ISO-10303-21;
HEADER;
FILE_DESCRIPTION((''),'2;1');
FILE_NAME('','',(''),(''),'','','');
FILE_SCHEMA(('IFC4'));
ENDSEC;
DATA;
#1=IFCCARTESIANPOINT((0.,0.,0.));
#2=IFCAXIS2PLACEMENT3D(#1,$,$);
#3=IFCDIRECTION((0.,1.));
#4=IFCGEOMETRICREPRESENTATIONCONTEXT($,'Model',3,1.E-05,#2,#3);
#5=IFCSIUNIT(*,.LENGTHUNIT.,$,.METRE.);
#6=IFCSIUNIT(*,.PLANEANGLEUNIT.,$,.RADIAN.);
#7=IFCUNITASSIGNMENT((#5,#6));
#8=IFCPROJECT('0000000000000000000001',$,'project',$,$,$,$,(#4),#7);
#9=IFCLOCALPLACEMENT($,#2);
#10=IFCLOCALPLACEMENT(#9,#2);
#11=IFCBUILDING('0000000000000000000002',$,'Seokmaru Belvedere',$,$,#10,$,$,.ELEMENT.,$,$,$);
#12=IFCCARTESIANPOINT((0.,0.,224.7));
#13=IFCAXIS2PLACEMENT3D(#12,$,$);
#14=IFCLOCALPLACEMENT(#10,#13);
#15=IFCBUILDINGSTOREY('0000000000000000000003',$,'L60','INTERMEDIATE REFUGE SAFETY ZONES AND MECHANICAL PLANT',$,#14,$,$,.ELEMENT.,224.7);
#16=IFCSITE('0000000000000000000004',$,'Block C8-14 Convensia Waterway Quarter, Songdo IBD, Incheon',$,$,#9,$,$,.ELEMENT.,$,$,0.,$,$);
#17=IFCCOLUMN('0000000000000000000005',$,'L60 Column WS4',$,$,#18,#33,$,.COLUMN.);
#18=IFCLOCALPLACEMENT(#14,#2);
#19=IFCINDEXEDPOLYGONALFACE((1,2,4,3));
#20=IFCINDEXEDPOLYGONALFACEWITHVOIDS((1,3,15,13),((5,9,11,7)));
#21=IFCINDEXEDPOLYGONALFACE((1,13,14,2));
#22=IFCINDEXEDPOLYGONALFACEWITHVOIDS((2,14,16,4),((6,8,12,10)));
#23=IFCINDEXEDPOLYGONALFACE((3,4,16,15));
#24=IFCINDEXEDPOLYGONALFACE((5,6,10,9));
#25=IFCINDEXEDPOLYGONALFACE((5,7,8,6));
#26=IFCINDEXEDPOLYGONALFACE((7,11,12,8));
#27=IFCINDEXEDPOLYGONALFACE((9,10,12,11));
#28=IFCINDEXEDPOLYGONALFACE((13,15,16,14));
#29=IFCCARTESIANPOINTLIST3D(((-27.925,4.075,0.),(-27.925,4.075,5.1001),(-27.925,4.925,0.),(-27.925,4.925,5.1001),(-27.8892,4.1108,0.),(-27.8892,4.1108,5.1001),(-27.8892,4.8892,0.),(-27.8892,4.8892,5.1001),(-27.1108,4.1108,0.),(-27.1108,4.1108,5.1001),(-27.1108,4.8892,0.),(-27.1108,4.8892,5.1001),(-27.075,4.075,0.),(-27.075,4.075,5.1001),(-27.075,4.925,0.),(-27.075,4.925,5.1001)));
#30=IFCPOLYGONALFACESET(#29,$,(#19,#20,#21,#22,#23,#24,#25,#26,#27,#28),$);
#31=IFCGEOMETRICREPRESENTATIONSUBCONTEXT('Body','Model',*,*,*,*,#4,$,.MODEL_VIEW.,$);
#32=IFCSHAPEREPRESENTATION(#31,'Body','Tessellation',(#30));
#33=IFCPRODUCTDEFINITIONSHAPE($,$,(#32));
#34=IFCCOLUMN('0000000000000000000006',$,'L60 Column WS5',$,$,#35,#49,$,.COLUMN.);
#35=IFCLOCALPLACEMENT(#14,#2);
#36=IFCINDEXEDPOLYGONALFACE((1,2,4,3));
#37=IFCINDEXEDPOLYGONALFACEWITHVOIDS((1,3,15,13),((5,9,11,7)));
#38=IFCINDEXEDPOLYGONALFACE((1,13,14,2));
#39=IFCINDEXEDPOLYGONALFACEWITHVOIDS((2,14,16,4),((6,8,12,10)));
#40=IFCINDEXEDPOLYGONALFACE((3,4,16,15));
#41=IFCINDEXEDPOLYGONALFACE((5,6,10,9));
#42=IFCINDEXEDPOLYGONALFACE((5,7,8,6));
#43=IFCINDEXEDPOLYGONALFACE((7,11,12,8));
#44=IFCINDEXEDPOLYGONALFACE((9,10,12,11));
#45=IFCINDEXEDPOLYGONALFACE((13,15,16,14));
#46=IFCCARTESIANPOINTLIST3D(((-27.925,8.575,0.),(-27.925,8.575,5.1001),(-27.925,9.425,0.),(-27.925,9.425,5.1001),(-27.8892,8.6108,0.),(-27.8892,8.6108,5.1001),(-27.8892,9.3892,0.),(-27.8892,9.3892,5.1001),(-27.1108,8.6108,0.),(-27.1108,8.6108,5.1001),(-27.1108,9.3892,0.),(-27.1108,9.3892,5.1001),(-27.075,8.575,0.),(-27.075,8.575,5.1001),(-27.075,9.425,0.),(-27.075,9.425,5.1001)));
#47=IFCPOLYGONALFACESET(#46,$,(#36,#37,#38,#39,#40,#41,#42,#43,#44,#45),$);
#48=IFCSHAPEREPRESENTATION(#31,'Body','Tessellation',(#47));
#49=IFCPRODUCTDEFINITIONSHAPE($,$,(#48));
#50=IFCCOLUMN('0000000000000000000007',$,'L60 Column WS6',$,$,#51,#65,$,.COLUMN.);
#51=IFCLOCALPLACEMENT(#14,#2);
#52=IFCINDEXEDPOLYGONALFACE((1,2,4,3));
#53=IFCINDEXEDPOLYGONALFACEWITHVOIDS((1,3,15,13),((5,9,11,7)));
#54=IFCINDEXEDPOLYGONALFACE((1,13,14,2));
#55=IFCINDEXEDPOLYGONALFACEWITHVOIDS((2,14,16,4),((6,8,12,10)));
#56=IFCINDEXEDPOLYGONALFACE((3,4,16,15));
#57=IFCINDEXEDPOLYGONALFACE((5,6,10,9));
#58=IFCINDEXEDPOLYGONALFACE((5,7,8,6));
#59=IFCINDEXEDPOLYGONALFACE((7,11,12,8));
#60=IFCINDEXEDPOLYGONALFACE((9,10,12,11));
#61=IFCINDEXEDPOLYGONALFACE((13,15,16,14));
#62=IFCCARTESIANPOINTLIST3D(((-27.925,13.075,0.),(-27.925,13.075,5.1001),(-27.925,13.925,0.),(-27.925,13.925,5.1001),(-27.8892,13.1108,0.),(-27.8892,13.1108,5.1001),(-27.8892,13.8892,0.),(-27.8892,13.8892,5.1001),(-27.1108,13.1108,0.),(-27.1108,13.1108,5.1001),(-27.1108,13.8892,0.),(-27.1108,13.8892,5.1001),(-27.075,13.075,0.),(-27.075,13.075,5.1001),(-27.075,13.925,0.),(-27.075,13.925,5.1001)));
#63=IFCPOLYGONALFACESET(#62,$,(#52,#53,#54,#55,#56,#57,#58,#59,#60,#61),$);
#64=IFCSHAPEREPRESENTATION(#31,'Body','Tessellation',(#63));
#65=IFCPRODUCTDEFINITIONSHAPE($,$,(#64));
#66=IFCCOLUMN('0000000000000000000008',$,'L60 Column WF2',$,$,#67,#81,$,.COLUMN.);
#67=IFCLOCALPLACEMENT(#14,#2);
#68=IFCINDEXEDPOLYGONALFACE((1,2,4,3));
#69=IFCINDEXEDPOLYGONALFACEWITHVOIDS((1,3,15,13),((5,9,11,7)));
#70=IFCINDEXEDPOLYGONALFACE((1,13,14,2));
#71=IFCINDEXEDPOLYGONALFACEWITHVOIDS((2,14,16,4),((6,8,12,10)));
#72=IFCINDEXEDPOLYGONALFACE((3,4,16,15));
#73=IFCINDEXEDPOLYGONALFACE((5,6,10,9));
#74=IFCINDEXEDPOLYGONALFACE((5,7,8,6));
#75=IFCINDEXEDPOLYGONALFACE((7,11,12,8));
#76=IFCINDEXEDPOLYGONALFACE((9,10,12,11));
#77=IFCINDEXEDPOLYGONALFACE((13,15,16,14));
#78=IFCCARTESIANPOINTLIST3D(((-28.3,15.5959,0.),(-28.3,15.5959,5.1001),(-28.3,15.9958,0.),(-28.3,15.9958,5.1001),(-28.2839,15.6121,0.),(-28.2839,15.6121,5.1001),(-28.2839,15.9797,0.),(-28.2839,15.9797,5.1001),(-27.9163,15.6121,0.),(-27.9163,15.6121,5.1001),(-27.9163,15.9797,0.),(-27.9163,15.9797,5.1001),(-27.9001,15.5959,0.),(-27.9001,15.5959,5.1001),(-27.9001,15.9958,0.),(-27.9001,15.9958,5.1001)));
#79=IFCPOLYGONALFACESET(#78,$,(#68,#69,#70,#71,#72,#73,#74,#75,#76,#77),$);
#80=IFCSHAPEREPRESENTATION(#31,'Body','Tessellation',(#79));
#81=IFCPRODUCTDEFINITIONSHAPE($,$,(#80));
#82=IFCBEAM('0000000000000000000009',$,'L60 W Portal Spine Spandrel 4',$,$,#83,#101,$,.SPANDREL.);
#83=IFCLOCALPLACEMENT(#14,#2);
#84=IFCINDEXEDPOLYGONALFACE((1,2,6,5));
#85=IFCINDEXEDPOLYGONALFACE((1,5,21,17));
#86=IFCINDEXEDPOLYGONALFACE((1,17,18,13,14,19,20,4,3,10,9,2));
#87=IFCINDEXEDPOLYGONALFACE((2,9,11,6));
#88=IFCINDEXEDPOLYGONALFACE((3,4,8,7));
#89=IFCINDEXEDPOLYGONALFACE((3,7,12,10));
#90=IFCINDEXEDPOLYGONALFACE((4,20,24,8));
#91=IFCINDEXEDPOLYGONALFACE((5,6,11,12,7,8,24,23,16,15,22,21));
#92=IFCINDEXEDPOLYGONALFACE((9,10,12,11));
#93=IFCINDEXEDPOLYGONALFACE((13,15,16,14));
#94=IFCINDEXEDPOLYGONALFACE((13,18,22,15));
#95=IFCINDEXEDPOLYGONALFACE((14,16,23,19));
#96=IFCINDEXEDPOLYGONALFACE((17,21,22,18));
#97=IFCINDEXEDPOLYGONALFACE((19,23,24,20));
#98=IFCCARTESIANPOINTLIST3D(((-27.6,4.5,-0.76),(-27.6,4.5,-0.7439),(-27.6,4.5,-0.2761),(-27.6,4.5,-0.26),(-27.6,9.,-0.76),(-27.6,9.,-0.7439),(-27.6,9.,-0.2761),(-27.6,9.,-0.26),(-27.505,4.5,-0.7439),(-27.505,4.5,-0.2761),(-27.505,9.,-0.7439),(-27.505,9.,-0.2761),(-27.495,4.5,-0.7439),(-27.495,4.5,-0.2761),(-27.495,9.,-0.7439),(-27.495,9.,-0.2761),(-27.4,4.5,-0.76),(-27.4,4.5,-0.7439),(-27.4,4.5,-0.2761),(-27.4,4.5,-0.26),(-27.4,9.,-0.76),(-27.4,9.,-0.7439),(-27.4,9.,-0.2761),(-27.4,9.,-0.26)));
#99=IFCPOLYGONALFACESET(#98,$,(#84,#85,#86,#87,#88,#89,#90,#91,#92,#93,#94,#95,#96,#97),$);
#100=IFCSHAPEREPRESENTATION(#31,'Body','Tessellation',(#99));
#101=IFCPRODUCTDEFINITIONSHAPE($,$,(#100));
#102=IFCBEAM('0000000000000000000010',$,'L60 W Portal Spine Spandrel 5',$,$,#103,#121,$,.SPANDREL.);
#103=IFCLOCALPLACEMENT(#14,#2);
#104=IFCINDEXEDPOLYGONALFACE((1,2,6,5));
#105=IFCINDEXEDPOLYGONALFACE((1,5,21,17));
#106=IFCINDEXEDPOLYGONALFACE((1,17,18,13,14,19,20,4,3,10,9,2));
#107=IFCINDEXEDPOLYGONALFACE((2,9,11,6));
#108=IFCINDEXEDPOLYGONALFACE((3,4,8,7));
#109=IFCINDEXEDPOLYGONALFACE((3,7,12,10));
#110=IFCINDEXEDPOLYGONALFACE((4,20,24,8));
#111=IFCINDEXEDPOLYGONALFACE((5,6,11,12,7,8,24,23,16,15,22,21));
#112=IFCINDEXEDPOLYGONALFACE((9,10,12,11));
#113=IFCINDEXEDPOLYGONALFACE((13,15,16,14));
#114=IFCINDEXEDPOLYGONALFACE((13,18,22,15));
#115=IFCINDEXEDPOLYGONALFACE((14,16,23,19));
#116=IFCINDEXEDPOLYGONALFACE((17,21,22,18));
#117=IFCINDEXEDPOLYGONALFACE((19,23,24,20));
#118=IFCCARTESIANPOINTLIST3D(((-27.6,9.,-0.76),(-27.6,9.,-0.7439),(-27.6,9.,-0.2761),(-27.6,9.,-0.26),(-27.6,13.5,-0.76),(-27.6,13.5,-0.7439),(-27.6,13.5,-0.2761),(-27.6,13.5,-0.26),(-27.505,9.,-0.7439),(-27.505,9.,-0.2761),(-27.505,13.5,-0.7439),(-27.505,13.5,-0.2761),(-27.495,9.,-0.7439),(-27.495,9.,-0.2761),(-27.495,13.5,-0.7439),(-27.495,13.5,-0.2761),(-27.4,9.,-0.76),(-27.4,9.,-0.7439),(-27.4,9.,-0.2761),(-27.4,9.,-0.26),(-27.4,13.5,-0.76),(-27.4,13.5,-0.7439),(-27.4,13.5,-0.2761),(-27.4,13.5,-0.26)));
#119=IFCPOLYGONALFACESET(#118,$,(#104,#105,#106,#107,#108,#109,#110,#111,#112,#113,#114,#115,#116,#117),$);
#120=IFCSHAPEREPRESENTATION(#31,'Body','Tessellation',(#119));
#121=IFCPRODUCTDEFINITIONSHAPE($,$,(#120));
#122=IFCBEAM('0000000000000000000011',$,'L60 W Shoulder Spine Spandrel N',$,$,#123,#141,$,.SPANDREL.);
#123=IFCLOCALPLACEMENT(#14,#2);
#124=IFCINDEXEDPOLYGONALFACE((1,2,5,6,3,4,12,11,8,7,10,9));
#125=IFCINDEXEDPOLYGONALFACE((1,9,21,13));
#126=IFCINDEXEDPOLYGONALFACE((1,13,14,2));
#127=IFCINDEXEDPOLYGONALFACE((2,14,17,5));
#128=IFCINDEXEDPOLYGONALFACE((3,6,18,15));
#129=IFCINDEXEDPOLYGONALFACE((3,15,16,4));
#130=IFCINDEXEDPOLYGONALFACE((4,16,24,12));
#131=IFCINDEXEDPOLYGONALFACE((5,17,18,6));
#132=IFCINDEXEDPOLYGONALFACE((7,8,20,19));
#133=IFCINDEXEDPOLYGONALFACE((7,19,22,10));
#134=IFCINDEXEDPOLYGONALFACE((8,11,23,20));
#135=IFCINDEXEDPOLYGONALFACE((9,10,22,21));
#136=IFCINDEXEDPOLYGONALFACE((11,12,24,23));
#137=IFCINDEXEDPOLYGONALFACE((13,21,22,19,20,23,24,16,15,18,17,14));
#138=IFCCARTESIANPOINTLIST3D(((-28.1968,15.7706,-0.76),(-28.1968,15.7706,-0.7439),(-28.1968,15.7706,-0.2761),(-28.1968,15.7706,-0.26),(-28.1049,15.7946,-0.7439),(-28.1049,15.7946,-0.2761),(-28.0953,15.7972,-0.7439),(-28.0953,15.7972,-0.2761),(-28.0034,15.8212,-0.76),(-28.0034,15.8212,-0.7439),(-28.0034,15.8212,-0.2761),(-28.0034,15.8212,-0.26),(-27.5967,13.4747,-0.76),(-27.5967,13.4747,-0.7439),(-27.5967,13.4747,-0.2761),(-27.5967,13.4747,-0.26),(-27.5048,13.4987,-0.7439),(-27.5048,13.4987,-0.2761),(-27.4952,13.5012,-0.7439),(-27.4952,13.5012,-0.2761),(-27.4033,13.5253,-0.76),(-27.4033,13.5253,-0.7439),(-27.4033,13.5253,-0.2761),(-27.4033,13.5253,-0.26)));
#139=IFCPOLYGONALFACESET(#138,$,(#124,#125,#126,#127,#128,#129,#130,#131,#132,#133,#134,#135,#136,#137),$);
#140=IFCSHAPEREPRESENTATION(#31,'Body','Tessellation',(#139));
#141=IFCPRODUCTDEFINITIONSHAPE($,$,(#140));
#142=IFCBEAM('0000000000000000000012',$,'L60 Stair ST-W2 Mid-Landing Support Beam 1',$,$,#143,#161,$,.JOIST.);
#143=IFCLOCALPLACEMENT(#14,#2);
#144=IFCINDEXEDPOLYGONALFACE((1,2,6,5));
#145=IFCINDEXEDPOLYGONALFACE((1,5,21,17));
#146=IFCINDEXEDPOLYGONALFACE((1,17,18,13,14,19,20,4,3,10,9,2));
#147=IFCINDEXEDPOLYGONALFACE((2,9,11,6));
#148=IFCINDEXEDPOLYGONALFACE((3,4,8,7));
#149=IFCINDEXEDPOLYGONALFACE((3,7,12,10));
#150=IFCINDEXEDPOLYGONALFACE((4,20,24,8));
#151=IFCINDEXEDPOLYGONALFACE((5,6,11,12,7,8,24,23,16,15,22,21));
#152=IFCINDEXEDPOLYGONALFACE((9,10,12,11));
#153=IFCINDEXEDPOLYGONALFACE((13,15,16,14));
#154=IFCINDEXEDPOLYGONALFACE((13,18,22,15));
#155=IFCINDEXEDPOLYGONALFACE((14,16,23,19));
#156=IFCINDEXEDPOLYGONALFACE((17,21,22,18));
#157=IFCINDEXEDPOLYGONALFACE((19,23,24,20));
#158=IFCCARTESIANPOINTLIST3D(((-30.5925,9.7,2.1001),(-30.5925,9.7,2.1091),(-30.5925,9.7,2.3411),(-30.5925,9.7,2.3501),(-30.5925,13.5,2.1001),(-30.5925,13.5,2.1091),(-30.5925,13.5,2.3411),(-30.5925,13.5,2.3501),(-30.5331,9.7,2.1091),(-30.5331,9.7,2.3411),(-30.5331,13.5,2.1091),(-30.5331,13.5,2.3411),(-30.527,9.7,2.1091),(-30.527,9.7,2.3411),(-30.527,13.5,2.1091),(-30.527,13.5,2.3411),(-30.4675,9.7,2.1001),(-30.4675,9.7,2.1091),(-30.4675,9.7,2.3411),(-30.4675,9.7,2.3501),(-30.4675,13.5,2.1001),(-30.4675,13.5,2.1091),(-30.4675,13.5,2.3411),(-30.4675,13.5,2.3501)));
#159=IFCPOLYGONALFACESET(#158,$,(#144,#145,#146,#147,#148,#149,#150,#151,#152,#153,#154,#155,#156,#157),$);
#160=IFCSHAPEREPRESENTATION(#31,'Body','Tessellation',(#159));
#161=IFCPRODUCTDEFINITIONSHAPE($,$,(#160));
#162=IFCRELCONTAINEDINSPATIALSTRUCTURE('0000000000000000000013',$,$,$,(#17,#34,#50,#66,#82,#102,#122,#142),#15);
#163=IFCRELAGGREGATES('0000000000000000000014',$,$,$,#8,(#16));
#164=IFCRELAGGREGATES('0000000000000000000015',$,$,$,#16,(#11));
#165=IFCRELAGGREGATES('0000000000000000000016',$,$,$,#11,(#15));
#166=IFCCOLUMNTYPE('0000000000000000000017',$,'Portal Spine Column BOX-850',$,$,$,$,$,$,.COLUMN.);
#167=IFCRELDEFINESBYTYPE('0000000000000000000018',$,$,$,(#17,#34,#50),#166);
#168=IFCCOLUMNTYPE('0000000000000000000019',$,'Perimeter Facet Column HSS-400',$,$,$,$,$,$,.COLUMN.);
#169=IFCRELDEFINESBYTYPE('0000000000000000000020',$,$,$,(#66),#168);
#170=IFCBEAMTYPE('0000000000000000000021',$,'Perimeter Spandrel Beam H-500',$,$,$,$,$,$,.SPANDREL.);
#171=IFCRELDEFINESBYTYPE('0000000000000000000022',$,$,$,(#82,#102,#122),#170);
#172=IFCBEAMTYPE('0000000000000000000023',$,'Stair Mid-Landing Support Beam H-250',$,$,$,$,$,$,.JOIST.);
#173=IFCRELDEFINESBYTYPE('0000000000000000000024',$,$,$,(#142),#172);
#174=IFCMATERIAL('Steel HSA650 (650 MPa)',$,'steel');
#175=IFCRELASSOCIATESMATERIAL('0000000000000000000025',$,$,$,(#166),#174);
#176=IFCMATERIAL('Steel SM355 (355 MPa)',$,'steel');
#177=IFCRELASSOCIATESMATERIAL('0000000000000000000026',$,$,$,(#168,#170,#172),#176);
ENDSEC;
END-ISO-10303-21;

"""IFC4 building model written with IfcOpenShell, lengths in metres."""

from ifc_helpers import new_model, si_unit, direction, frame, origin, origin_2d, place, context, subcontext, project, spatial, hollow_rectangle, i_section, extrude, source, transform, mapped, material, material_profile, profile_set, type_object, type_shapes, element, save


model = new_model("IFC4")

# Units and contexts
model_context = context("Model", 3, precision=1e-05, world=origin(), true_north=direction((0.0, 1.0)))
body_context = subcontext(model_context, "Body", "Model", "MODEL_VIEW")
ifc_project = project(units=[si_unit("LENGTHUNIT", "METRE"), si_unit("PLANEANGLEUNIT", "RADIAN")], contexts=[model_context])

# Site, building, storey
site_placement = place(None, origin())
site = spatial("IfcSite", under=ifc_project, at=site_placement, Name="Block C8-14 Convensia Waterway Quarter, Songdo IBD, Incheon", CompositionType="ELEMENT", RefElevation=0.0)
building_placement = place(site_placement, origin())
building = spatial("IfcBuilding", under=site, at=building_placement, Name="Seokmaru Belvedere", CompositionType="ELEMENT")
storey_placement = place(building_placement, frame((0.0, 0.0, 224.7)))
storey = spatial("IfcBuildingStorey", under=building, at=storey_placement, Name="L60", Description="INTERMEDIATE REFUGE SAFETY ZONES AND MECHANICAL PLANT", CompositionType="ELEMENT", Elevation=224.7)

# Columns
ifc_material_1 = material(Name="Steel HSA650 (650 MPa)", Category="steel")
ifc_material_profile_1 = material_profile(ifc_material_1, hollow_rectangle(XDim=0.8501, YDim=0.8501, WallThickness=0.0359, at=origin_2d()), Name="BOX-850x850x36")
ifc_profile_set_1 = profile_set([ifc_material_profile_1], Name="Steel HSA650 (650 MPa)")
column_type_1 = type_object("IfcColumnType", Name="Portal Spine Column BOX-850", PredefinedType="COLUMN", material=ifc_profile_set_1)
shared_shape_1 = source(origin(), body_context, "Body", "SweptSolid", [
    extrude(hollow_rectangle(XDim=0.8501, YDim=0.8501, WallThickness=0.0359, at=origin_2d()), origin(), (0.0, 0.0, 1.0), 5.1001),
])
type_shapes(column_type_1, [shared_shape_1])
for number, where, z_axis, x_axis, name in (
    (1, (-27.5, 4.5, 0.0), (0.0, 0.0, 1.0), (1.0, 0.0, 0.0), "L60 Column WS4"),
    (2, (-27.5, 9.0, 0.0), (0.0, 0.0, 1.0), (1.0, 0.0, 0.0), "L60 Column WS5"),
    (3, (-27.5, 13.5, 0.0), (0.0, 0.0, 1.0), (1.0, 0.0, 0.0), "L60 Column WS6"),
):
    element("IfcColumn", number, at=place(storey_placement, frame(where, z_axis=z_axis, x_axis=x_axis)), inside=storey, type_object=column_type_1, Name=name, PredefinedType="COLUMN", context=body_context, shape_type="MappedRepresentation", body=[
        mapped(shared_shape_1, transform((0.0, 0.0, 0.0), scale=1.0)),
    ])
ifc_material_2 = material(Name="Steel SM355 (355 MPa)", Category="steel")
ifc_material_profile_2 = material_profile(ifc_material_2, hollow_rectangle(XDim=0.3999, YDim=0.3999, WallThickness=0.0161, at=origin_2d()), Name="HSS-400x400x16")
ifc_profile_set_2 = profile_set([ifc_material_profile_2], Name="Steel SM355 (355 MPa)")
column_type_2 = type_object("IfcColumnType", Name="Perimeter Facet Column HSS-400", PredefinedType="COLUMN", material=ifc_profile_set_2)
shared_shape_2 = source(origin(), body_context, "Body", "SweptSolid", [
    extrude(hollow_rectangle(XDim=0.3999, YDim=0.3999, WallThickness=0.0161, at=origin_2d()), origin(), (0.0, 0.0, 1.0), 5.1001),
])
type_shapes(column_type_2, [shared_shape_2])
column_placement = place(storey_placement, frame((-28.1001, 15.7959, 0.0), z_axis=(0.0, 0.0, 1.0), x_axis=(1.0, 0.0, 0.0)))
element("IfcColumn", 4, at=column_placement, inside=storey, type_object=column_type_2, Name="L60 Column WF2", PredefinedType="COLUMN", context=body_context, shape_type="MappedRepresentation", body=[
    mapped(shared_shape_2, transform((0.0, 0.0, 0.0), scale=1.0)),
])

# Beams
ifc_material_profile_3 = material_profile(ifc_material_2, i_section(OverallWidth=0.2, OverallDepth=0.5, WebThickness=0.01, FlangeThickness=0.0161, at=origin_2d()), Name="H-500x200x10x16")
ifc_profile_set_3 = profile_set([ifc_material_profile_3], Name="Steel SM355 (355 MPa)")
beam_type_1 = type_object("IfcBeamType", Name="Perimeter Spandrel Beam H-500", PredefinedType="SPANDREL", material=ifc_profile_set_3)
shared_shape_3 = source(origin(), body_context, "Body", "SweptSolid", [
    extrude(i_section(OverallWidth=0.2, OverallDepth=0.5, WebThickness=0.01, FlangeThickness=0.0161, at=origin_2d()), origin(), (0.0, 0.0, 1.0), 4.5),
])
for number, where, z_axis, x_axis, name in (
    (5, (-27.5, 4.5, -0.51), (0.0, 1.0, 0.0), (-1.0, 0.0, 0.0), "L60 W Portal Spine Spandrel 4"),
    (6, (-27.5, 9.0, -0.51), (0.0, 1.0, 0.0), (-1.0, 0.0, 0.0), "L60 W Portal Spine Spandrel 5"),
):
    element("IfcBeam", number, at=place(storey_placement, frame(where, z_axis=z_axis, x_axis=x_axis)), inside=storey, type_object=beam_type_1, Name=name, PredefinedType="SPANDREL", context=body_context, shape_type="MappedRepresentation", body=[
        mapped(shared_shape_3, transform((0.0, 0.0, 0.0), scale=1.0)),
    ])
shared_shape_4 = source(origin(), body_context, "Body", "SweptSolid", [
    extrude(i_section(OverallWidth=0.2, OverallDepth=0.5, WebThickness=0.01, FlangeThickness=0.0161, at=origin_2d()), origin(), (0.0, 0.0, 1.0), 2.373),
])
type_shapes(beam_type_1, [shared_shape_3, shared_shape_4])
beam_1_placement = place(storey_placement, frame((-28.1001, 15.7959, -0.51), z_axis=(0.252883, -0.967497, 0.0), x_axis=(0.967497, 0.252883, 0.0)))
element("IfcBeam", 7, at=beam_1_placement, inside=storey, type_object=beam_type_1, Name="L60 W Shoulder Spine Spandrel N", PredefinedType="SPANDREL", context=body_context, shape_type="MappedRepresentation", body=[
    mapped(shared_shape_4, transform((0.0, 0.0, 0.0), scale=1.0)),
])
ifc_material_profile_4 = material_profile(ifc_material_2, i_section(OverallWidth=0.125, OverallDepth=0.25, WebThickness=0.0061, FlangeThickness=0.009, at=origin_2d()), Name="H-250x125x6x9")
ifc_profile_set_4 = profile_set([ifc_material_profile_4], Name="Steel SM355 (355 MPa)")
beam_type_2 = type_object("IfcBeamType", Name="Stair Mid-Landing Support Beam H-250", PredefinedType="JOIST", material=ifc_profile_set_4)
shared_shape_5 = source(origin(), body_context, "Body", "SweptSolid", [
    extrude(i_section(OverallWidth=0.125, OverallDepth=0.25, WebThickness=0.0061, FlangeThickness=0.009, at=origin_2d()), origin(), (0.0, 0.0, 1.0), 3.8),
])
type_shapes(beam_type_2, [shared_shape_5])
beam_2_placement = place(storey_placement, frame((-30.53, 9.7, 2.2251), z_axis=(0.0, 1.0, 0.0), x_axis=(-1.0, 0.0, 0.0)))
element("IfcBeam", 8, at=beam_2_placement, inside=storey, type_object=beam_type_2, Name="L60 Stair ST-W2 Mid-Landing Support Beam 1", PredefinedType="JOIST", context=body_context, shape_type="MappedRepresentation", body=[
    mapped(shared_shape_5, transform((0.0, 0.0, 0.0), scale=1.0)),
])

save(model, "model.ifc")
